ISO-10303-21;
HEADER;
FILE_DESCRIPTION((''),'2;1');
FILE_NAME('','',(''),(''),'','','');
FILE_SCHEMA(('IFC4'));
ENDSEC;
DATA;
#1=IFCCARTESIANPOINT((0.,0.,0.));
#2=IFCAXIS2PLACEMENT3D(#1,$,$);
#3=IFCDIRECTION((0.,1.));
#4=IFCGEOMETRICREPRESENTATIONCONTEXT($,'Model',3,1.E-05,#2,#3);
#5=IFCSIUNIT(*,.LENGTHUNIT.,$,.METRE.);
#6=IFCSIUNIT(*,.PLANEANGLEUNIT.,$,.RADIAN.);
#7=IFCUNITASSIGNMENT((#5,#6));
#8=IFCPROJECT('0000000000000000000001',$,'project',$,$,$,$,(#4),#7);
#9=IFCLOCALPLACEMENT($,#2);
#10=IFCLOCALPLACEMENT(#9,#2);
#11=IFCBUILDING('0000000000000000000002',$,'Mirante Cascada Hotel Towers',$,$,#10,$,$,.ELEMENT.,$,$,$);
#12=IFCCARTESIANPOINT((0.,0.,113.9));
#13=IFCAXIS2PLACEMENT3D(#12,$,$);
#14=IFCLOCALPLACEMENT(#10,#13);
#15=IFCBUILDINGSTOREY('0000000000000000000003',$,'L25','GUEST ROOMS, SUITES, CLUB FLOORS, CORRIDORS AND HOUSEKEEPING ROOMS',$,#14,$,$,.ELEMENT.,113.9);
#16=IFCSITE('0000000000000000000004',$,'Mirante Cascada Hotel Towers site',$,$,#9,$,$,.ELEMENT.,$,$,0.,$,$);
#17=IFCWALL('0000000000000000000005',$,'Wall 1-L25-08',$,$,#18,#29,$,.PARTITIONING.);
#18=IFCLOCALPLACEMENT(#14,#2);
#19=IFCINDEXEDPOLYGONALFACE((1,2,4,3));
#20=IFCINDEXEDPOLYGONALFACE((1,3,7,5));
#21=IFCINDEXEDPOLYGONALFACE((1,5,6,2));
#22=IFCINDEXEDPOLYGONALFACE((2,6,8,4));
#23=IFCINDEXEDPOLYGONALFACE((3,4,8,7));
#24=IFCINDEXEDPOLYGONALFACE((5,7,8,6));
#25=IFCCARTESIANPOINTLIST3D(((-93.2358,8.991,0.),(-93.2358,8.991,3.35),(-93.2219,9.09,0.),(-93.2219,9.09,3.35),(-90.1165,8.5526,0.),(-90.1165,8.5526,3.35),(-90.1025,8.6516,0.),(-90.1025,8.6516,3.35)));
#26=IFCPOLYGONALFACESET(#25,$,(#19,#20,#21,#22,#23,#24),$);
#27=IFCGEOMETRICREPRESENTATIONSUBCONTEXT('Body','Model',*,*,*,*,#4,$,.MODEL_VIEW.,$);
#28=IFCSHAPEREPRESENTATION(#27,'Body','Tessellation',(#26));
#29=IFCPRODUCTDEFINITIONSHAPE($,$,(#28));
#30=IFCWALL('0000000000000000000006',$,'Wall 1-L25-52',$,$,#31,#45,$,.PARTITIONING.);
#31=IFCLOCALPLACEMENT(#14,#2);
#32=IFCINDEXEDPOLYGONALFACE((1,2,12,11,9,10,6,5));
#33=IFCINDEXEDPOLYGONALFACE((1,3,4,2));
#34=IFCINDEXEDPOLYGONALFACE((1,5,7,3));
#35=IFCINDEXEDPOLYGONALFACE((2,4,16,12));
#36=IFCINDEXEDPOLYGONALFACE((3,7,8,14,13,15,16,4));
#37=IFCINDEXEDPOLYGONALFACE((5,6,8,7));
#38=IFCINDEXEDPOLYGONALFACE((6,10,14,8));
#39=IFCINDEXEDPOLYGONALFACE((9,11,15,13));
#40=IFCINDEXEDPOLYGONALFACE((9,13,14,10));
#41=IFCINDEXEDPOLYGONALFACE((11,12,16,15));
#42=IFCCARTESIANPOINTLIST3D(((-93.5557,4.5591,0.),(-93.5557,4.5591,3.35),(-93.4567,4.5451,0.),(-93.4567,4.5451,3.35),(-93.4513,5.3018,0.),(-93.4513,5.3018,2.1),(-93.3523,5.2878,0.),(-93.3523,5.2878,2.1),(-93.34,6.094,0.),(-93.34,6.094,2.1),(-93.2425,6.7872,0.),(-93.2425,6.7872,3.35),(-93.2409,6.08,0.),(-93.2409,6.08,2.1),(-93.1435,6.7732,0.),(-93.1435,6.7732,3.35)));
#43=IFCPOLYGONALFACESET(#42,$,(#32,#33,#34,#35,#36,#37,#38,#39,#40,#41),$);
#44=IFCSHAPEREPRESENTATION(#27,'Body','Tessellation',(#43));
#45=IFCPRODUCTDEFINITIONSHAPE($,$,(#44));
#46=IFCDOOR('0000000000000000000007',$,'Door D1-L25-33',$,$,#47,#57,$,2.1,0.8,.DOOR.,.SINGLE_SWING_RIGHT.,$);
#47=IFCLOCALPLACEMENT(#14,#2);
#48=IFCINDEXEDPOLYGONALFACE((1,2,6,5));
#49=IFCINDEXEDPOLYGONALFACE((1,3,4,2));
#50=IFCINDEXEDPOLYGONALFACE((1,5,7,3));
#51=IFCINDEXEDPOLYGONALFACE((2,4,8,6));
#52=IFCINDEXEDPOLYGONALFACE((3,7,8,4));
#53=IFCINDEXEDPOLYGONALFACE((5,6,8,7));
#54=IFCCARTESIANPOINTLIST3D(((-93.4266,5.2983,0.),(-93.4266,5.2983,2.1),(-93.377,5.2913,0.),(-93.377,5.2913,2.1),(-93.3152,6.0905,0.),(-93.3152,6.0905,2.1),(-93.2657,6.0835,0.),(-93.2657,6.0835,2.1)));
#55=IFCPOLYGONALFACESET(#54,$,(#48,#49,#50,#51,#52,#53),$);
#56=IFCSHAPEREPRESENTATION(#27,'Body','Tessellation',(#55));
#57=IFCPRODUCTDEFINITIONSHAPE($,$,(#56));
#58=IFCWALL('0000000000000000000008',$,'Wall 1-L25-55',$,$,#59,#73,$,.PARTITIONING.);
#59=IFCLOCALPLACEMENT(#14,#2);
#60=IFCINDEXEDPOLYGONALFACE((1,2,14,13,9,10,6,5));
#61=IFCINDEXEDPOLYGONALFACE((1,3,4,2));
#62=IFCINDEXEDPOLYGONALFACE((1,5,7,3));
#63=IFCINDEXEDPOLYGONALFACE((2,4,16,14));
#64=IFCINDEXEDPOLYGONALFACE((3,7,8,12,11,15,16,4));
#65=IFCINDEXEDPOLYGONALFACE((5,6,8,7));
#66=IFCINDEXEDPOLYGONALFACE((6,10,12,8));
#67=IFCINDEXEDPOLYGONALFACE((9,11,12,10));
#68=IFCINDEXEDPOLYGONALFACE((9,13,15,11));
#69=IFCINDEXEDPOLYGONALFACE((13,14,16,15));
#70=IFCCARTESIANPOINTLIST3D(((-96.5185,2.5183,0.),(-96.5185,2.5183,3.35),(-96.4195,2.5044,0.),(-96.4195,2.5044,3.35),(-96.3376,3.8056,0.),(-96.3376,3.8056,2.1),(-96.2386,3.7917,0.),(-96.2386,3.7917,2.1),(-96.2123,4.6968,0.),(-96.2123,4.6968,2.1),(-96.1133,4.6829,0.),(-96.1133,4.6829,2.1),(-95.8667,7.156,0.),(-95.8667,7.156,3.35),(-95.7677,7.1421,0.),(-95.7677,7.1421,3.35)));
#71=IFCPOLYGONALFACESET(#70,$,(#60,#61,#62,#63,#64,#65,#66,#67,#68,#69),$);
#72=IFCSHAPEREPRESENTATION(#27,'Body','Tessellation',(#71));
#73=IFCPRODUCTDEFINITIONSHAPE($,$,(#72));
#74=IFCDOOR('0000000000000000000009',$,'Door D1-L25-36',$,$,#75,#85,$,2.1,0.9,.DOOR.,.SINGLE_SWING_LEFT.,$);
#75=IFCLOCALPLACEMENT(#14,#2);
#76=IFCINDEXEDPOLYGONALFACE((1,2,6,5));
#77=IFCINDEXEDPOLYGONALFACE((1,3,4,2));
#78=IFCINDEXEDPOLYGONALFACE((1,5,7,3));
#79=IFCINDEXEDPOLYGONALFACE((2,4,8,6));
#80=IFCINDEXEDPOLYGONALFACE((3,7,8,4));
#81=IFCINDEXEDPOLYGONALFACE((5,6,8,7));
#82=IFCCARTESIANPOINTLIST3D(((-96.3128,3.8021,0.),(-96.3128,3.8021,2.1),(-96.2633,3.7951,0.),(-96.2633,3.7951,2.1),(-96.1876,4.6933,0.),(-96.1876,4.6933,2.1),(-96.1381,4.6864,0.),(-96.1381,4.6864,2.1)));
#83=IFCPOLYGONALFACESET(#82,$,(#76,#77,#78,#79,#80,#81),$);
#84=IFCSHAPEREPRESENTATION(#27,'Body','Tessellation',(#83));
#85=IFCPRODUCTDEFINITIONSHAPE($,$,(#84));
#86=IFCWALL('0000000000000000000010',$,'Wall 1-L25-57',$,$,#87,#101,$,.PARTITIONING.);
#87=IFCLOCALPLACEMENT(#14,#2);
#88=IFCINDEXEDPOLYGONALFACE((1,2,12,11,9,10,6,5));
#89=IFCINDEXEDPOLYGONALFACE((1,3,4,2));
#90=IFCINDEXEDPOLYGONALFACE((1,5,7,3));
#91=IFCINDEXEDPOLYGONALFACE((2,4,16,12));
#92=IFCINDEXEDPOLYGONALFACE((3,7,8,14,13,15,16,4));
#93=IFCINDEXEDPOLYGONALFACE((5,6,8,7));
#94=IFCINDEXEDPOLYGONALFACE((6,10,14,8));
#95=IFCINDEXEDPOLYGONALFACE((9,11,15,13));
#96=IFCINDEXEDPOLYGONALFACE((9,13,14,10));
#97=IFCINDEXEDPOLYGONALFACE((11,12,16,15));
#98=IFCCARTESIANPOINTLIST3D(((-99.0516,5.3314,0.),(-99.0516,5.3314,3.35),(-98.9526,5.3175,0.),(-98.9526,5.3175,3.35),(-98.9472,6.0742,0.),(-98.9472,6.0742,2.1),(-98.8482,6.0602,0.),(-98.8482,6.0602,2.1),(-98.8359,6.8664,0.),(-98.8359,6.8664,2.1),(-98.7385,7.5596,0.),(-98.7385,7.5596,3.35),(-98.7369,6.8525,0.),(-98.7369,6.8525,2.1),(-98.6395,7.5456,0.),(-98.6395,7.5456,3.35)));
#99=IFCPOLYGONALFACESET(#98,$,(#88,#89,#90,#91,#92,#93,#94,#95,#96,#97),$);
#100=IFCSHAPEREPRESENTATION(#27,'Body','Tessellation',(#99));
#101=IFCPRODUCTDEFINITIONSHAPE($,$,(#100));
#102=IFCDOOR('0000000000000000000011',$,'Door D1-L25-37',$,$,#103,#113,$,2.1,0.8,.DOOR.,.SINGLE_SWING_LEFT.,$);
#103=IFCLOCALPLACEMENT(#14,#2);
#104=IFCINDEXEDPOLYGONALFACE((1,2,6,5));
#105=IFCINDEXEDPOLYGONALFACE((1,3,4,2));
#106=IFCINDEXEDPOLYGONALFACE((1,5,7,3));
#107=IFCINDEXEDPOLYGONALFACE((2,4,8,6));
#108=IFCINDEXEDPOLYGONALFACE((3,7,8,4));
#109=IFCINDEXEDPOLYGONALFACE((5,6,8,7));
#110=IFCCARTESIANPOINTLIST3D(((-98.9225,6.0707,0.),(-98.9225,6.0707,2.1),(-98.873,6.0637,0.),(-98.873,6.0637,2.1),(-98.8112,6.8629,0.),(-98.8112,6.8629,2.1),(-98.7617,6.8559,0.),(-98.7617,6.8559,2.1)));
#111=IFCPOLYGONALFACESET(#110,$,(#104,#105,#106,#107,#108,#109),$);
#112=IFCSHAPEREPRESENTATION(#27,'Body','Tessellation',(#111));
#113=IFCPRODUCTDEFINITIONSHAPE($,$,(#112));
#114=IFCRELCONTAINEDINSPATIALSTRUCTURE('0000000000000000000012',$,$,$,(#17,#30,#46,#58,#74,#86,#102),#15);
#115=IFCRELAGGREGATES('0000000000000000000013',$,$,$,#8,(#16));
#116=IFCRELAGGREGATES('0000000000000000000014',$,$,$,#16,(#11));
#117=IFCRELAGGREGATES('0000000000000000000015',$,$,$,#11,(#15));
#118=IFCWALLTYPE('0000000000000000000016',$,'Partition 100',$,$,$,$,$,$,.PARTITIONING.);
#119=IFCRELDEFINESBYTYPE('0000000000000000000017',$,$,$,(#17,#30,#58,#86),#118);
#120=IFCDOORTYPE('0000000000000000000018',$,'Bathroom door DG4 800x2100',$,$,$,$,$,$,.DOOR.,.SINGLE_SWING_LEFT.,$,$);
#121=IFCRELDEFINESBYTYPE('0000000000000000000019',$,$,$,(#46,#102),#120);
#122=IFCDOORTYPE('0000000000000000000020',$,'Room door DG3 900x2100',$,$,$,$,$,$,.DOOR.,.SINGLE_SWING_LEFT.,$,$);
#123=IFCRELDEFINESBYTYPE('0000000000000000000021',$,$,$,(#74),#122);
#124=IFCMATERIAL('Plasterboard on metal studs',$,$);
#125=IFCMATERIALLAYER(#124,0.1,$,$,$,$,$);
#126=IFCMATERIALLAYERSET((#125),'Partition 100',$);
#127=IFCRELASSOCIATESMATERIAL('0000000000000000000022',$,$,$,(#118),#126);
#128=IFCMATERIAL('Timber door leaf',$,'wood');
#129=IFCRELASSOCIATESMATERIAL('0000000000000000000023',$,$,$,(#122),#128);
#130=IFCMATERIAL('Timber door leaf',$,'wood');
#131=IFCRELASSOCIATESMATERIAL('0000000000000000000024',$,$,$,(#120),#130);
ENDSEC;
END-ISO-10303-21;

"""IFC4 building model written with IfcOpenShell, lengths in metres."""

from ifc_helpers import new_model, si_unit, direction, frame, frame_2d, origin, place, context, subcontext, project, spatial, rectangle, extrude, material, layer, layer_set, type_object, element, fill, save


model = new_model("IFC4")

# Units and contexts
model_context = context("Model", 3, precision=1e-05, world=origin(), true_north=direction((0.0, 1.0)))
body_context = subcontext(model_context, "Body", "Model", "MODEL_VIEW")
ifc_project = project(units=[si_unit("LENGTHUNIT", "METRE"), si_unit("PLANEANGLEUNIT", "RADIAN")], contexts=[model_context])

# Site, building, storey
site_placement = place(None, origin())
site = spatial("IfcSite", under=ifc_project, at=site_placement, Name="Mirante Cascada Hotel Towers site", CompositionType="ELEMENT", RefElevation=0.0)
building_placement = place(site_placement, origin())
building = spatial("IfcBuilding", under=site, at=building_placement, Name="Mirante Cascada Hotel Towers", CompositionType="ELEMENT")
storey_placement = place(building_placement, frame((0.0, 0.0, 113.9)))
storey = spatial("IfcBuildingStorey", under=building, at=storey_placement, Name="L25", Description="GUEST ROOMS, SUITES, CLUB FLOORS, CORRIDORS AND HOUSEKEEPING ROOMS", CompositionType="ELEMENT", Elevation=113.9)

# Shared definitions
ifc_material_1 = material(Name="Plasterboard on metal studs")
ifc_layer_1 = layer(ifc_material_1, 0.1)
ifc_layer_set_1 = layer_set([ifc_layer_1], Name="Partition 100")
wall_type_1 = type_object("IfcWallType", Name="Partition 100", PredefinedType="PARTITIONING", material=ifc_layer_set_1)
ifc_material_2 = material(Name="Timber door leaf", Category="wood")
door_type_1 = type_object("IfcDoorType", Name="Room door DG3 900x2100", OperationType="SINGLE_SWING_LEFT", PredefinedType="DOOR", material=ifc_material_2)

# Wall
wall_1_placement = place(storey_placement, frame((-90.1095, 8.6021, 0.0), z_axis=(0.0, 0.0, 1.0), x_axis=(-0.990268, 0.139177, 0.0)))
element("IfcWall", 1, at=wall_1_placement, inside=storey, type_object=wall_type_1, Name="Wall 1-L25-08", PredefinedType="PARTITIONING", context=body_context, shape_type="SweptSolid", body=[
    extrude(rectangle(XDim=3.15, YDim=0.1, at=frame_2d((1.575, 0.0))), origin(), (0.0, 0.0, 1.0), 3.35),
])

# Walls, openings, doors
wall_2_placement = place(storey_placement, frame((-93.5062, 4.5521, 0.0), z_axis=(0.0, 0.0, 1.0), x_axis=(0.1392, 0.990264, 0.0)))
wall_2 = element("IfcWall", 2, at=wall_2_placement, inside=storey, type_object=wall_type_1, Name="Wall 1-L25-52", PredefinedType="PARTITIONING", context=body_context, shape_type="SweptSolid", body=[
    extrude(rectangle(XDim=2.25, YDim=0.1, at=frame_2d((1.125, 0.0))), origin(), (0.0, 0.0, 1.0), 3.35),
])
opening_1_placement = place(wall_2_placement, frame((0.75, 0.0, 0.0)))
opening_1 = element("IfcOpeningElement", 3, at=opening_1_placement, cuts=wall_2, PredefinedType="OPENING", context=body_context, shape_type="SweptSolid", body=[
    extrude(rectangle(XDim=0.8, YDim=2.1, at=frame_2d((0.4, 1.05))), frame((0.0, 0.05, 0.0), z_axis=(0.0, -1.0, 0.0), x_axis=(1.0, 0.0, 0.0)), (0.0, 0.0, 1.0), 0.1),
])
ifc_material_3 = material(Name="Timber door leaf", Category="wood")
door_type_2 = type_object("IfcDoorType", Name="Bathroom door DG4 800x2100", OperationType="SINGLE_SWING_LEFT", PredefinedType="DOOR", material=ifc_material_3)
door_1_placement = place(opening_1_placement, frame((0.8, 0.0, 0.0), z_axis=(0.0, 0.0, 1.0), x_axis=(-1.0, 0.0, 0.0)))
door_1 = element("IfcDoor", 4, at=door_1_placement, inside=storey, type_object=door_type_2, Name="Door D1-L25-33", OperationType="SINGLE_SWING_RIGHT", OverallHeight=2.1, OverallWidth=0.8, PredefinedType="DOOR", context=body_context, shape_type="SweptSolid", body=[
    extrude(rectangle(XDim=0.8, YDim=2.1, at=frame_2d((0.4, 1.05))), frame((0.0, 0.025, 0.0), z_axis=(0.0, -1.0, 0.0), x_axis=(1.0, 0.0, 0.0)), (0.0, 0.0, 1.0), 0.05),
])
fill(opening_1, door_1)
wall_3_placement = place(storey_placement, frame((-95.8172, 7.149, 0.0), z_axis=(0.0, 0.0, 1.0), x_axis=(-0.139176, -0.990268, 0.0)))
wall_3 = element("IfcWall", 5, at=wall_3_placement, inside=storey, type_object=wall_type_1, Name="Wall 1-L25-55", PredefinedType="PARTITIONING", context=body_context, shape_type="SweptSolid", body=[
    extrude(rectangle(XDim=4.6833, YDim=0.1, at=frame_2d((2.3416, 0.0))), origin(), (0.0, 0.0, 1.0), 3.35),
])
opening_2_placement = place(wall_3_placement, frame((2.4833, 0.0, 0.0)))
opening_2 = element("IfcOpeningElement", 6, at=opening_2_placement, cuts=wall_3, PredefinedType="OPENING", context=body_context, shape_type="SweptSolid", body=[
    extrude(rectangle(XDim=0.9, YDim=2.1, at=frame_2d((0.45, 1.05))), frame((0.0, 0.05, 0.0), z_axis=(0.0, -1.0, 0.0), x_axis=(1.0, 0.0, 0.0)), (0.0, 0.0, 1.0), 0.1),
])
door_2_placement = place(opening_2_placement, origin())
door_2 = element("IfcDoor", 7, at=door_2_placement, inside=storey, type_object=door_type_1, Name="Door D1-L25-36", OperationType="SINGLE_SWING_LEFT", OverallHeight=2.1, OverallWidth=0.9, PredefinedType="DOOR", context=body_context, shape_type="SweptSolid", body=[
    extrude(rectangle(XDim=0.9, YDim=2.1, at=frame_2d((0.45, 1.05))), frame((0.0, 0.025, 0.0), z_axis=(0.0, -1.0, 0.0), x_axis=(1.0, 0.0, 0.0)), (0.0, 0.0, 1.0), 0.05),
])
fill(opening_2, door_2)
wall_4_placement = place(storey_placement, frame((-98.689, 7.5526, 0.0), z_axis=(0.0, 0.0, 1.0), x_axis=(-0.139156, -0.990271, 0.0)))
wall_4 = element("IfcWall", 8, at=wall_4_placement, inside=storey, type_object=wall_type_1, Name="Wall 1-L25-57", PredefinedType="PARTITIONING", context=body_context, shape_type="SweptSolid", body=[
    extrude(rectangle(XDim=2.25, YDim=0.1, at=frame_2d((1.125, 0.0))), origin(), (0.0, 0.0, 1.0), 3.35),
])
opening_3_placement = place(wall_4_placement, frame((0.7, 0.0, 0.0)))
opening_3 = element("IfcOpeningElement", 9, at=opening_3_placement, cuts=wall_4, PredefinedType="OPENING", context=body_context, shape_type="SweptSolid", body=[
    extrude(rectangle(XDim=0.8, YDim=2.1, at=frame_2d((0.4, 1.05))), frame((0.0, 0.05, 0.0), z_axis=(0.0, -1.0, 0.0), x_axis=(1.0, 0.0, 0.0)), (0.0, 0.0, 1.0), 0.1),
])
door_3_placement = place(opening_3_placement, origin())
door_3 = element("IfcDoor", 10, at=door_3_placement, inside=storey, type_object=door_type_2, Name="Door D1-L25-37", OperationType="SINGLE_SWING_LEFT", OverallHeight=2.1, OverallWidth=0.8, PredefinedType="DOOR", context=body_context, shape_type="SweptSolid", body=[
    extrude(rectangle(XDim=0.8, YDim=2.1, at=frame_2d((0.4, 1.05))), frame((0.0, 0.025, 0.0), z_axis=(0.0, -1.0, 0.0), x_axis=(1.0, 0.0, 0.0)), (0.0, 0.0, 1.0), 0.05),
])
fill(opening_3, door_3)

save(model, "model.ifc")
